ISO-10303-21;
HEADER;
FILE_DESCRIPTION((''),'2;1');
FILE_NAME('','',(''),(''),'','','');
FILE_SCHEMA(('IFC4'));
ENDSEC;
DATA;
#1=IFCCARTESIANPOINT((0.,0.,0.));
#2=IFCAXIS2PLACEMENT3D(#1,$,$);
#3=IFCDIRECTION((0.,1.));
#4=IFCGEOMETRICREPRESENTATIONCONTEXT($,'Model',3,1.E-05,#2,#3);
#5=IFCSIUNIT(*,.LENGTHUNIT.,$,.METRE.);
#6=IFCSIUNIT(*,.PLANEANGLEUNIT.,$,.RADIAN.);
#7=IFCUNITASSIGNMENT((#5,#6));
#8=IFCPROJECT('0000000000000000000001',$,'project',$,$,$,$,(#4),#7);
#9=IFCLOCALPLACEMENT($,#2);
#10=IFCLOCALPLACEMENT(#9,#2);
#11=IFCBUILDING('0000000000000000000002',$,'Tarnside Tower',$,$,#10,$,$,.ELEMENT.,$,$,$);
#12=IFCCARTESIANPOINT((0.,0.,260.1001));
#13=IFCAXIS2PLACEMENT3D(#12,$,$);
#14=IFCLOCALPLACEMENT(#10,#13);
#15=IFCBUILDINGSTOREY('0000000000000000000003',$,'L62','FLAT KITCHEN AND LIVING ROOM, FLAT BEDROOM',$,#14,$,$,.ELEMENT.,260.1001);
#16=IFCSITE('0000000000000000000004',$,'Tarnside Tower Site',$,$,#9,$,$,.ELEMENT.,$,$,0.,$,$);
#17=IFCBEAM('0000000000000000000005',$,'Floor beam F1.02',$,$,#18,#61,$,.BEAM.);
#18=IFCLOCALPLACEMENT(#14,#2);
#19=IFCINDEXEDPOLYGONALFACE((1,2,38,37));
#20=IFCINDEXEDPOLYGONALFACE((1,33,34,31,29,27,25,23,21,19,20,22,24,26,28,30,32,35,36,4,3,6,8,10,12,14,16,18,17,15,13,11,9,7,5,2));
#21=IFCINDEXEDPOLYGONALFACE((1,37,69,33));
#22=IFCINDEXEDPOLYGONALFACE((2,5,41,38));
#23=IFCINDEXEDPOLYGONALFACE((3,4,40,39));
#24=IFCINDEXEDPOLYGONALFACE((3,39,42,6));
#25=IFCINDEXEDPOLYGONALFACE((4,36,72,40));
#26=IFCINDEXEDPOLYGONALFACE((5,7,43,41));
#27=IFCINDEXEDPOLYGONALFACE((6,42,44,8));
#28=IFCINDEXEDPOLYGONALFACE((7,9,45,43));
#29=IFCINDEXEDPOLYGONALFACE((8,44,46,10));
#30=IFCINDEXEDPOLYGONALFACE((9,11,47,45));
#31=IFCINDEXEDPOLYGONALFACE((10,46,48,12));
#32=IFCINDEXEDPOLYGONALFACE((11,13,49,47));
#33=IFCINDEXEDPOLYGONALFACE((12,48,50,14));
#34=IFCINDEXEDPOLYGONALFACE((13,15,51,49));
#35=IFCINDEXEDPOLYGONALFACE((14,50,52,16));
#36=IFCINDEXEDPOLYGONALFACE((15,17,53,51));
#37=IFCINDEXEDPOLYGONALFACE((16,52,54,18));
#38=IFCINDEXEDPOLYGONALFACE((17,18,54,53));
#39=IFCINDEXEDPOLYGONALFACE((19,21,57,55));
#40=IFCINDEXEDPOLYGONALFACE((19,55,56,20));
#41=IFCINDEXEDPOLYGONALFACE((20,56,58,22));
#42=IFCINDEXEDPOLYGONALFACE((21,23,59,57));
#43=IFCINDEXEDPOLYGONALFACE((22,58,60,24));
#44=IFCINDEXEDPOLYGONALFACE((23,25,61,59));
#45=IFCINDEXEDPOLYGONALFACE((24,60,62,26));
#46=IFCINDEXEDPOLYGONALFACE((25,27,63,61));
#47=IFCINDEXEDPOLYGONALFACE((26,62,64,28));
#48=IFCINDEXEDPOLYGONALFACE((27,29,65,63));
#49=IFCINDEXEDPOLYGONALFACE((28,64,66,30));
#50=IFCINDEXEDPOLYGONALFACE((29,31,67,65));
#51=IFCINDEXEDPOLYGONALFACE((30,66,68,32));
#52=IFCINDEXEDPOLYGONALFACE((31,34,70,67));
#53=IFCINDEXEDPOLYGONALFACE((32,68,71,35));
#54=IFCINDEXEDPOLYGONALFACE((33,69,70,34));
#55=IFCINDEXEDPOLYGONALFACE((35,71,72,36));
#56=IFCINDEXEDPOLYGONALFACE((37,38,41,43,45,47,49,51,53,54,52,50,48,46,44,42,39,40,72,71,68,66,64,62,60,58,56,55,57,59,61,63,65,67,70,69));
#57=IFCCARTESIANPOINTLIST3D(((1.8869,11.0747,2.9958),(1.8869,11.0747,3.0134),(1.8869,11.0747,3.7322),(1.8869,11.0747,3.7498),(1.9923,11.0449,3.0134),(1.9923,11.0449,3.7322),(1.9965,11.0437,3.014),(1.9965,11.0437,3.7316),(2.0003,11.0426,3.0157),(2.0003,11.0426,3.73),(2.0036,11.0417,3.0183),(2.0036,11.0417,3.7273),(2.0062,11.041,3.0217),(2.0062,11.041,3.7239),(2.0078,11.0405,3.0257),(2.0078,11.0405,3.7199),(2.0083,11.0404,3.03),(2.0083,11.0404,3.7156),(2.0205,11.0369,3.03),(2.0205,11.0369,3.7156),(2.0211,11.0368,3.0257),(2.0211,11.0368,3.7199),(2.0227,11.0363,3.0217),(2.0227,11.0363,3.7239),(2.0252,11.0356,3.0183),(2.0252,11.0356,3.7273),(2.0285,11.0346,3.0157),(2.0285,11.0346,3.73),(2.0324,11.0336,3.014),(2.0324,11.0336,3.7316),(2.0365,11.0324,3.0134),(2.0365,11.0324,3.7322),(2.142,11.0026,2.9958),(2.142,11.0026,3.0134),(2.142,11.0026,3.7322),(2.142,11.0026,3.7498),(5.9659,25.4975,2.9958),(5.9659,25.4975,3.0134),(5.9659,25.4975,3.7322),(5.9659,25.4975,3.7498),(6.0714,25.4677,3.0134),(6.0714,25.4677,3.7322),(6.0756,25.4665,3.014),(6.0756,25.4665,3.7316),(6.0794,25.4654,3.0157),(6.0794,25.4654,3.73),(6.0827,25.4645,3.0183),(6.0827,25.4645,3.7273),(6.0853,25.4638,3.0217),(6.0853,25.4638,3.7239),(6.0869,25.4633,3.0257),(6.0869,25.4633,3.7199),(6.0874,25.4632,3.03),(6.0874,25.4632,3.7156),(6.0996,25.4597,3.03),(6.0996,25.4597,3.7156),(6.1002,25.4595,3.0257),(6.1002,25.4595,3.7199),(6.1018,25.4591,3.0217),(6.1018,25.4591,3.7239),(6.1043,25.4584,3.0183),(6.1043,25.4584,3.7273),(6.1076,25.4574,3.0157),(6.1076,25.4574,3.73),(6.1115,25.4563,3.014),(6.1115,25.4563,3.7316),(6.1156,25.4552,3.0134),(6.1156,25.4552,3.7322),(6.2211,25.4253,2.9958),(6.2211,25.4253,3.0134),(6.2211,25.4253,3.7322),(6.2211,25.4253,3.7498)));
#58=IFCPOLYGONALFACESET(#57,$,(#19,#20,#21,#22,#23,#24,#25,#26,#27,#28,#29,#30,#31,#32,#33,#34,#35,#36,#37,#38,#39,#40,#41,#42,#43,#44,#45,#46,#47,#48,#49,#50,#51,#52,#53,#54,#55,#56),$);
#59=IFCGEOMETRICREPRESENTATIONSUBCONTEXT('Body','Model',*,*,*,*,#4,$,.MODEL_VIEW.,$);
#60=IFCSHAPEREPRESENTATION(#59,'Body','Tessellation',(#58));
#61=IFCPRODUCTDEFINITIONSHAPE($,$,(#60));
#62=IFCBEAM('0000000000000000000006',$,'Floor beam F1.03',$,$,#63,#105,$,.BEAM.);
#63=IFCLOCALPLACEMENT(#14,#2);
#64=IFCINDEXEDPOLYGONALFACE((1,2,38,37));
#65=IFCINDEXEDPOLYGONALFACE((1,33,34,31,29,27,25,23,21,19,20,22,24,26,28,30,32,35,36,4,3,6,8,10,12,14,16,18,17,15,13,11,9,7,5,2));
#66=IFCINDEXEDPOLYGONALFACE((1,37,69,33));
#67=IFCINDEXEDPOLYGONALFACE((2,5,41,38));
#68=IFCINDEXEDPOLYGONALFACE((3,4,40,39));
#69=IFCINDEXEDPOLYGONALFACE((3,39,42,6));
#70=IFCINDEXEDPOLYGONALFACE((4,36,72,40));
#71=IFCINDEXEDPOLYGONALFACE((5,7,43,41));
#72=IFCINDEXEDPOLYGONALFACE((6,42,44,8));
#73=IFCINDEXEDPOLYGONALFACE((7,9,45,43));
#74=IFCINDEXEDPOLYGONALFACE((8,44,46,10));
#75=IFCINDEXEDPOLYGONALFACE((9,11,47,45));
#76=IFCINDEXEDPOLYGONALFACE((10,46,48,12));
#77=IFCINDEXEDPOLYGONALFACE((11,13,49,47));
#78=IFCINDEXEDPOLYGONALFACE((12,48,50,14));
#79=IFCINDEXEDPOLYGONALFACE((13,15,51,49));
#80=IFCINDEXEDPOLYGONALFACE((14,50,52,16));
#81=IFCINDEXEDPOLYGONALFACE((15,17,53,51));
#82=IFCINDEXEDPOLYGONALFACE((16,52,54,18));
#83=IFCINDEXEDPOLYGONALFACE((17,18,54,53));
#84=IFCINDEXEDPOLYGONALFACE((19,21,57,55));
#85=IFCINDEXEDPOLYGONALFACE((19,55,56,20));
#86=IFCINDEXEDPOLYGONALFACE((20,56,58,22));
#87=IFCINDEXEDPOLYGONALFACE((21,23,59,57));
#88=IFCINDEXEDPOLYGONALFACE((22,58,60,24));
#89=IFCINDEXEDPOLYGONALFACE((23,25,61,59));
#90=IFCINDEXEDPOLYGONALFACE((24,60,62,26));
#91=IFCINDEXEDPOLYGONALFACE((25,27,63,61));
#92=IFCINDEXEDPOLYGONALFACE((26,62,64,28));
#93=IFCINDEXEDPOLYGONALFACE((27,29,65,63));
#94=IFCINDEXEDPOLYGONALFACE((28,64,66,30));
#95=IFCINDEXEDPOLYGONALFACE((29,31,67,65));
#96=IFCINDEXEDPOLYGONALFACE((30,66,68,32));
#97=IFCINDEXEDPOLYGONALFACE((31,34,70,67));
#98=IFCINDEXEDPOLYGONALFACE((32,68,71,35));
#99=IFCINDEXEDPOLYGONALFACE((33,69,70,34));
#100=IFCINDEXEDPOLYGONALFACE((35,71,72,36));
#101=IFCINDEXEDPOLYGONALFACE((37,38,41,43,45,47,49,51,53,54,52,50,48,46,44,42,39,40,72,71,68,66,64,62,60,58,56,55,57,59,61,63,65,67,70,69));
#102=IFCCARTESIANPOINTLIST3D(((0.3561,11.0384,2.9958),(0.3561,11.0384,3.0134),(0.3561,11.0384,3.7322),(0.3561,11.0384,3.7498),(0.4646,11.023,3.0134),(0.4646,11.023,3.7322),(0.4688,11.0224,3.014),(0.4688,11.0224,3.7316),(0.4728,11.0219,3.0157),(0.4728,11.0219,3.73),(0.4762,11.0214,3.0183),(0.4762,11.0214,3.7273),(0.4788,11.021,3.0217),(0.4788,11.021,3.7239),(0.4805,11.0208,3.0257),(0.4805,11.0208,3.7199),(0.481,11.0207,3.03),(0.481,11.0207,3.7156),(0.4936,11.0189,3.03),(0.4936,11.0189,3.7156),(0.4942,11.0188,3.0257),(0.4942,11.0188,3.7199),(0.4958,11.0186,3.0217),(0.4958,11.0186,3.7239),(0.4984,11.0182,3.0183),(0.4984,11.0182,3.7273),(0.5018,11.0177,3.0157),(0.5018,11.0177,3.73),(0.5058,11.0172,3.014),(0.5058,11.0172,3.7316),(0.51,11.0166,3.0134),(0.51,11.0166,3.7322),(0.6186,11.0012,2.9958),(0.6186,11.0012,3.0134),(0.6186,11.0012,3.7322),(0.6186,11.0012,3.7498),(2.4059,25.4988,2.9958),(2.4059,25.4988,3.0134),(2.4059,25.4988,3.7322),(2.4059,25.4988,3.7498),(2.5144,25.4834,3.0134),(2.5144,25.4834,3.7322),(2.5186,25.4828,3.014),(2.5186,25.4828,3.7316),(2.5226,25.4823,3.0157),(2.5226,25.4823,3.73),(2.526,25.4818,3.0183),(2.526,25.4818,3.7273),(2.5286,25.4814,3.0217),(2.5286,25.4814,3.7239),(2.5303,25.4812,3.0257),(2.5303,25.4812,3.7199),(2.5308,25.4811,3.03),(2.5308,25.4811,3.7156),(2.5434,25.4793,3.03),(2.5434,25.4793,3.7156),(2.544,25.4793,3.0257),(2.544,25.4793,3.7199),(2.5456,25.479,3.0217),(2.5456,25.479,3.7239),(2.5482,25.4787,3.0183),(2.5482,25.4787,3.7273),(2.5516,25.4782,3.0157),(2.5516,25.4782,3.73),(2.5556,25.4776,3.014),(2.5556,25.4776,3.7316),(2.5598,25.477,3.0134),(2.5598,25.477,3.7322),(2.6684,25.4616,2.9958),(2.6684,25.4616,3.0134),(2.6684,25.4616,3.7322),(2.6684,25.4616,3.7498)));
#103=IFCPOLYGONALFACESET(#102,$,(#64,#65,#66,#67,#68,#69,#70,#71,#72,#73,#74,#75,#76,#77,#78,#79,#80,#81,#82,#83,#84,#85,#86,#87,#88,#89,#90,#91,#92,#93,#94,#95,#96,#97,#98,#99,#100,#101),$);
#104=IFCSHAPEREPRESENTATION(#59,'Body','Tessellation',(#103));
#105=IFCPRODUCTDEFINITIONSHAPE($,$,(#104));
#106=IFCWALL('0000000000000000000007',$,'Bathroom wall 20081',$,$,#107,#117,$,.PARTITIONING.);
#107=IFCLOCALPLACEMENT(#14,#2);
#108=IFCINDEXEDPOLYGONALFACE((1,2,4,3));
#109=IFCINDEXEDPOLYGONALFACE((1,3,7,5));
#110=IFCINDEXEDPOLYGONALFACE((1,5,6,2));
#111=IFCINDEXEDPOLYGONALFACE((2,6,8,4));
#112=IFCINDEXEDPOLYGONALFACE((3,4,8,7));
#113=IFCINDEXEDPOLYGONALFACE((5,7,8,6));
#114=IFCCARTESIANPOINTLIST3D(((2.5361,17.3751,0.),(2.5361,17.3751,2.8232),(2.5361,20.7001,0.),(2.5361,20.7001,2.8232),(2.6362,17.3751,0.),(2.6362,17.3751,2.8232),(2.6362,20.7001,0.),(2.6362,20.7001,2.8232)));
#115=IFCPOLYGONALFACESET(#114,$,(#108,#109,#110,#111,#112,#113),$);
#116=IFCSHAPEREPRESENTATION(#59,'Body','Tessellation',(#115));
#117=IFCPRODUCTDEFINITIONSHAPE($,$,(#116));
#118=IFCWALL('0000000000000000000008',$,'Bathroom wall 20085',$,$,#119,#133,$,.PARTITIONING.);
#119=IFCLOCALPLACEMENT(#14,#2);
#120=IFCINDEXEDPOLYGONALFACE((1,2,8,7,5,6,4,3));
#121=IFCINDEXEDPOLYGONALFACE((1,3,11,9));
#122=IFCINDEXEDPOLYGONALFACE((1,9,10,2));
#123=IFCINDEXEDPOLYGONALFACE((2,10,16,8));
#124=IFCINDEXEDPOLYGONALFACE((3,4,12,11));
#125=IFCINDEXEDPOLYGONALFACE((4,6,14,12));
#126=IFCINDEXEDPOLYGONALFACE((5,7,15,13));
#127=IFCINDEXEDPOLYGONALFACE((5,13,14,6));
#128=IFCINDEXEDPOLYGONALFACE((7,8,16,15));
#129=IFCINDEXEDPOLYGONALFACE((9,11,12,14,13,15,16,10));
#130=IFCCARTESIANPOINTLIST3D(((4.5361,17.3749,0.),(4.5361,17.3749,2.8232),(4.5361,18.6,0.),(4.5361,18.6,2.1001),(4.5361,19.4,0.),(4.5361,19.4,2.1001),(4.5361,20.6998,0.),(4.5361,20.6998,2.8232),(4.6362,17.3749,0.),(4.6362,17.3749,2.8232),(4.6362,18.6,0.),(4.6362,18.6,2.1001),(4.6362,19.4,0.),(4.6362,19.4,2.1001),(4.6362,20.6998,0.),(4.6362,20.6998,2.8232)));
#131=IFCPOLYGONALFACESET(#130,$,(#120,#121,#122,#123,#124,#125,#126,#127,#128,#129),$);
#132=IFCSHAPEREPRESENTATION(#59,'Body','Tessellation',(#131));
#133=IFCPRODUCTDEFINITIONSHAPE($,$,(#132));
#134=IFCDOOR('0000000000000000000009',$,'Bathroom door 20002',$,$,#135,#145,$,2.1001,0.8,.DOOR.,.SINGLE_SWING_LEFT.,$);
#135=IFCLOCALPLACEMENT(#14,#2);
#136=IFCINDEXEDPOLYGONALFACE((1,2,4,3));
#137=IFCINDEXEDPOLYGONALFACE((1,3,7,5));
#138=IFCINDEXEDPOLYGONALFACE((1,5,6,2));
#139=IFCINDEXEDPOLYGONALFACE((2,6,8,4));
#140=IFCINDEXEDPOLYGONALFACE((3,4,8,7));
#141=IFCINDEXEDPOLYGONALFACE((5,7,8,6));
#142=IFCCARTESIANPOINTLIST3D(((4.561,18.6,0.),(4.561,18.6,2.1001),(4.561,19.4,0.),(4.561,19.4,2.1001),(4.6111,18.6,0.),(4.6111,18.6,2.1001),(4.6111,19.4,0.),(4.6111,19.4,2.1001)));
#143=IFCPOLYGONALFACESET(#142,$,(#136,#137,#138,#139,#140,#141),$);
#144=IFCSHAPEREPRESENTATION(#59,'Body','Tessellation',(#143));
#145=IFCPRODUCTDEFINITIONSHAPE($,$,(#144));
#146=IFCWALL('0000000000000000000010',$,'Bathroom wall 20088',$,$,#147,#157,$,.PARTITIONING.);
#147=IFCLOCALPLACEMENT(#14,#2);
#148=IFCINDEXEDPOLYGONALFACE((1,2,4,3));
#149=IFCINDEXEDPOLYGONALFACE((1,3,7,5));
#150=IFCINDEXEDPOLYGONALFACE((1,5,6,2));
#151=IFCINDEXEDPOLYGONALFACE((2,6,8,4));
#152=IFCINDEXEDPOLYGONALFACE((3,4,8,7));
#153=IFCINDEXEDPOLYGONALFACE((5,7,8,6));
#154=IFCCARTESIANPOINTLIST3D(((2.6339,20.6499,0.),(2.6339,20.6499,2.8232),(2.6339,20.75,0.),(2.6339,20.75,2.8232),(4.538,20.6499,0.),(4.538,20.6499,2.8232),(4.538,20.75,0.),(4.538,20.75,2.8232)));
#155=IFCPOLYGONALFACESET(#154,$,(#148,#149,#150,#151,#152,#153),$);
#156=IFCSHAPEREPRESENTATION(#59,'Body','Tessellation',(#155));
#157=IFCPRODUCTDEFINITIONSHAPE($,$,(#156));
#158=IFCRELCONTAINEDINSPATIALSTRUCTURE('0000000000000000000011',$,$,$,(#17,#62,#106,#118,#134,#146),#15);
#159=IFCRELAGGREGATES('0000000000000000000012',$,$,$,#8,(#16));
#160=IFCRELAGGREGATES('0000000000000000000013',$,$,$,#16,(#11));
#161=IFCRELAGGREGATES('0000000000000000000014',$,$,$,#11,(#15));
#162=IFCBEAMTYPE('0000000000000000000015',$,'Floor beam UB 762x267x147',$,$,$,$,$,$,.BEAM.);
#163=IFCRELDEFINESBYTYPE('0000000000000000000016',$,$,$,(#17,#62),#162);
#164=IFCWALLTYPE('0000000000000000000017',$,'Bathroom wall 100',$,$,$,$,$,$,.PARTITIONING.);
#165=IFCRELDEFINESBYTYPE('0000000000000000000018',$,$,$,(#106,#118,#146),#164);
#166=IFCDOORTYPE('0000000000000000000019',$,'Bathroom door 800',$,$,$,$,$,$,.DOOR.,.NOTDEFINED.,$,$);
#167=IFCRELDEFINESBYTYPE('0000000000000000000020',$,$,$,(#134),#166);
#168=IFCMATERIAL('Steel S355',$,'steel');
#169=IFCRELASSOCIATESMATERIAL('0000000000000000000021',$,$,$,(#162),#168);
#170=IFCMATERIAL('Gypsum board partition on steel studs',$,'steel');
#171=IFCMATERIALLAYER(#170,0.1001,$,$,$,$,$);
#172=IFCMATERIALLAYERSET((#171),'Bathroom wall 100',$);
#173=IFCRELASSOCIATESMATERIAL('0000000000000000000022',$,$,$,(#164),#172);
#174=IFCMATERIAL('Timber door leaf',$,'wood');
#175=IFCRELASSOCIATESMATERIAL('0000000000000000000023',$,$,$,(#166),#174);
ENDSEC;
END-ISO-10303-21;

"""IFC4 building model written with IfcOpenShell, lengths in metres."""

from ifc_helpers import new_model, si_unit, direction, frame, frame_2d, origin, origin_2d, place, context, subcontext, project, spatial, rectangle, i_section, extrude, material, layer, layer_set, material_profile, profile_set, type_object, element, fill, save


model = new_model("IFC4")

# Units and contexts
model_context = context("Model", 3, precision=1e-05, world=origin(), true_north=direction((0.0, 1.0)))
body_context = subcontext(model_context, "Body", "Model", "MODEL_VIEW")
ifc_project = project(units=[si_unit("LENGTHUNIT", "METRE"), si_unit("PLANEANGLEUNIT", "RADIAN")], contexts=[model_context])

# Site, building, storey
site_placement = place(None, origin())
site = spatial("IfcSite", under=ifc_project, at=site_placement, Name="Tarnside Tower Site", CompositionType="ELEMENT", RefElevation=0.0)
building_placement = place(site_placement, origin())
building = spatial("IfcBuilding", under=site, at=building_placement, Name="Tarnside Tower", CompositionType="ELEMENT")
storey_placement = place(building_placement, frame((0.0, 0.0, 260.1001)))
storey = spatial("IfcBuildingStorey", under=building, at=storey_placement, Name="L62", Description="FLAT KITCHEN AND LIVING ROOM, FLAT BEDROOM", CompositionType="ELEMENT", Elevation=260.1001)

# Beams
ifc_material_1 = material(Name="Steel S355", Category="steel")
ifc_material_profile = material_profile(ifc_material_1, i_section(OverallWidth=0.2651, OverallDepth=0.7539, WebThickness=0.0127, FlangeThickness=0.0176, FilletRadius=0.0166, at=origin_2d()), Name="UB 762x267x147")
ifc_profile_set = profile_set([ifc_material_profile], Name="Steel S355")
beam_type = type_object("IfcBeamType", Name="Floor beam UB 762x267x147", PredefinedType="BEAM", material=ifc_profile_set)
beam_1_placement = place(storey_placement, frame((6.0935, 25.4614, 3.3728), z_axis=(-0.272147, -0.962256, 0.0), x_axis=(0.962256, -0.272147, 0.0)))
element("IfcBeam", 1, at=beam_1_placement, inside=storey, type_object=beam_type, Name="Floor beam F1.02", PredefinedType="BEAM", context=body_context, shape_type="SweptSolid", body=[
    extrude(i_section(OverallWidth=0.2651, OverallDepth=0.7539, WebThickness=0.0127, FlangeThickness=0.0176, FilletRadius=0.0166, at=origin_2d()), origin(), (0.0, 0.0, 1.0), 14.9885),
])
beam_2_placement = place(storey_placement, frame((2.5371, 25.4802, 3.3728), z_axis=(-0.140349, -0.990102, 0.0), x_axis=(0.990102, -0.140349, 0.0)))
element("IfcBeam", 2, at=beam_2_placement, inside=storey, type_object=beam_type, Name="Floor beam F1.03", PredefinedType="BEAM", context=body_context, shape_type="SweptSolid", body=[
    extrude(i_section(OverallWidth=0.2651, OverallDepth=0.7539, WebThickness=0.0127, FlangeThickness=0.0176, FilletRadius=0.0166, at=origin_2d()), origin(), (0.0, 0.0, 1.0), 14.605),
])

# Wall
ifc_material_2 = material(Name="Gypsum board partition on steel studs", Category="steel")
ifc_layer_1 = layer(ifc_material_2, 0.1001)
ifc_layer_set_1 = layer_set([ifc_layer_1], Name="Bathroom wall 100")
wall_type_1 = type_object("IfcWallType", Name="Bathroom wall 100", PredefinedType="PARTITIONING", material=ifc_layer_set_1)
wall_1_placement = place(storey_placement, frame((2.5862, 17.375, 0.0), z_axis=(0.0, 0.0, 1.0), x_axis=(0.0, 1.0, 0.0)))
element("IfcWall", 3, at=wall_1_placement, inside=storey, type_object=wall_type_1, Name="Bathroom wall 20081", PredefinedType="PARTITIONING", context=body_context, shape_type="SweptSolid", body=[
    extrude(rectangle(XDim=3.325, YDim=0.1001, at=frame_2d((1.6626, 0.0))), origin(), (0.0, 0.0, 1.0), 2.8232),
])

# Wall, opening, door
wall_2_placement = place(storey_placement, frame((4.5862, 20.7, 0.0), z_axis=(0.0, 0.0, 1.0), x_axis=(0.0, -1.0, 0.0)))
wall_2 = element("IfcWall", 4, at=wall_2_placement, inside=storey, type_object=wall_type_1, Name="Bathroom wall 20085", PredefinedType="PARTITIONING", context=body_context, shape_type="SweptSolid", body=[
    extrude(rectangle(XDim=3.325, YDim=0.1001, at=frame_2d((1.6626, 0.0))), origin(), (0.0, 0.0, 1.0), 2.8232),
])
opening_1_placement = place(wall_2_placement, frame((1.3, 0.0, 0.0)))
opening_1 = element("IfcOpeningElement", 5, at=opening_1_placement, cuts=wall_2, PredefinedType="OPENING", context=body_context, shape_type="SweptSolid", body=[
    extrude(rectangle(XDim=0.8, YDim=2.1001, at=frame_2d((0.3999, 1.05))), frame((0.0, 0.0601, 0.0), z_axis=(0.0, -1.0, 0.0), x_axis=(1.0, 0.0, 0.0)), (0.0, 0.0, 1.0), 0.1201),
])
ifc_material_3 = material(Name="Timber door leaf", Category="wood")
door_type_1 = type_object("IfcDoorType", Name="Bathroom door 800", OperationType="NOTDEFINED", PredefinedType="DOOR", material=ifc_material_3)
door_1_placement = place(opening_1_placement, origin())
door_1 = element("IfcDoor", 6, at=door_1_placement, inside=storey, type_object=door_type_1, Name="Bathroom door 20002", OperationType="SINGLE_SWING_LEFT", OverallHeight=2.1001, OverallWidth=0.8, PredefinedType="DOOR", context=body_context, shape_type="SweptSolid", body=[
    extrude(rectangle(XDim=0.8, YDim=2.1001, at=frame_2d((0.3999, 1.05))), frame((0.0, 0.0249, 0.0), z_axis=(0.0, -1.0, 0.0), x_axis=(1.0, 0.0, 0.0)), (0.0, 0.0, 1.0), 0.05),
])
fill(opening_1, door_1)

# Wall
wall_3_placement = place(storey_placement, frame((4.5381, 20.7, 0.0), z_axis=(0.0, 0.0, 1.0), x_axis=(-1.0, 0.0, 0.0)))
element("IfcWall", 7, at=wall_3_placement, inside=storey, type_object=wall_type_1, Name="Bathroom wall 20088", PredefinedType="PARTITIONING", context=body_context, shape_type="SweptSolid", body=[
    extrude(rectangle(XDim=1.9041, YDim=0.1001, at=frame_2d((0.9521, 0.0))), origin(), (0.0, 0.0, 1.0), 2.8232),
])

save(model, "model.ifc")
